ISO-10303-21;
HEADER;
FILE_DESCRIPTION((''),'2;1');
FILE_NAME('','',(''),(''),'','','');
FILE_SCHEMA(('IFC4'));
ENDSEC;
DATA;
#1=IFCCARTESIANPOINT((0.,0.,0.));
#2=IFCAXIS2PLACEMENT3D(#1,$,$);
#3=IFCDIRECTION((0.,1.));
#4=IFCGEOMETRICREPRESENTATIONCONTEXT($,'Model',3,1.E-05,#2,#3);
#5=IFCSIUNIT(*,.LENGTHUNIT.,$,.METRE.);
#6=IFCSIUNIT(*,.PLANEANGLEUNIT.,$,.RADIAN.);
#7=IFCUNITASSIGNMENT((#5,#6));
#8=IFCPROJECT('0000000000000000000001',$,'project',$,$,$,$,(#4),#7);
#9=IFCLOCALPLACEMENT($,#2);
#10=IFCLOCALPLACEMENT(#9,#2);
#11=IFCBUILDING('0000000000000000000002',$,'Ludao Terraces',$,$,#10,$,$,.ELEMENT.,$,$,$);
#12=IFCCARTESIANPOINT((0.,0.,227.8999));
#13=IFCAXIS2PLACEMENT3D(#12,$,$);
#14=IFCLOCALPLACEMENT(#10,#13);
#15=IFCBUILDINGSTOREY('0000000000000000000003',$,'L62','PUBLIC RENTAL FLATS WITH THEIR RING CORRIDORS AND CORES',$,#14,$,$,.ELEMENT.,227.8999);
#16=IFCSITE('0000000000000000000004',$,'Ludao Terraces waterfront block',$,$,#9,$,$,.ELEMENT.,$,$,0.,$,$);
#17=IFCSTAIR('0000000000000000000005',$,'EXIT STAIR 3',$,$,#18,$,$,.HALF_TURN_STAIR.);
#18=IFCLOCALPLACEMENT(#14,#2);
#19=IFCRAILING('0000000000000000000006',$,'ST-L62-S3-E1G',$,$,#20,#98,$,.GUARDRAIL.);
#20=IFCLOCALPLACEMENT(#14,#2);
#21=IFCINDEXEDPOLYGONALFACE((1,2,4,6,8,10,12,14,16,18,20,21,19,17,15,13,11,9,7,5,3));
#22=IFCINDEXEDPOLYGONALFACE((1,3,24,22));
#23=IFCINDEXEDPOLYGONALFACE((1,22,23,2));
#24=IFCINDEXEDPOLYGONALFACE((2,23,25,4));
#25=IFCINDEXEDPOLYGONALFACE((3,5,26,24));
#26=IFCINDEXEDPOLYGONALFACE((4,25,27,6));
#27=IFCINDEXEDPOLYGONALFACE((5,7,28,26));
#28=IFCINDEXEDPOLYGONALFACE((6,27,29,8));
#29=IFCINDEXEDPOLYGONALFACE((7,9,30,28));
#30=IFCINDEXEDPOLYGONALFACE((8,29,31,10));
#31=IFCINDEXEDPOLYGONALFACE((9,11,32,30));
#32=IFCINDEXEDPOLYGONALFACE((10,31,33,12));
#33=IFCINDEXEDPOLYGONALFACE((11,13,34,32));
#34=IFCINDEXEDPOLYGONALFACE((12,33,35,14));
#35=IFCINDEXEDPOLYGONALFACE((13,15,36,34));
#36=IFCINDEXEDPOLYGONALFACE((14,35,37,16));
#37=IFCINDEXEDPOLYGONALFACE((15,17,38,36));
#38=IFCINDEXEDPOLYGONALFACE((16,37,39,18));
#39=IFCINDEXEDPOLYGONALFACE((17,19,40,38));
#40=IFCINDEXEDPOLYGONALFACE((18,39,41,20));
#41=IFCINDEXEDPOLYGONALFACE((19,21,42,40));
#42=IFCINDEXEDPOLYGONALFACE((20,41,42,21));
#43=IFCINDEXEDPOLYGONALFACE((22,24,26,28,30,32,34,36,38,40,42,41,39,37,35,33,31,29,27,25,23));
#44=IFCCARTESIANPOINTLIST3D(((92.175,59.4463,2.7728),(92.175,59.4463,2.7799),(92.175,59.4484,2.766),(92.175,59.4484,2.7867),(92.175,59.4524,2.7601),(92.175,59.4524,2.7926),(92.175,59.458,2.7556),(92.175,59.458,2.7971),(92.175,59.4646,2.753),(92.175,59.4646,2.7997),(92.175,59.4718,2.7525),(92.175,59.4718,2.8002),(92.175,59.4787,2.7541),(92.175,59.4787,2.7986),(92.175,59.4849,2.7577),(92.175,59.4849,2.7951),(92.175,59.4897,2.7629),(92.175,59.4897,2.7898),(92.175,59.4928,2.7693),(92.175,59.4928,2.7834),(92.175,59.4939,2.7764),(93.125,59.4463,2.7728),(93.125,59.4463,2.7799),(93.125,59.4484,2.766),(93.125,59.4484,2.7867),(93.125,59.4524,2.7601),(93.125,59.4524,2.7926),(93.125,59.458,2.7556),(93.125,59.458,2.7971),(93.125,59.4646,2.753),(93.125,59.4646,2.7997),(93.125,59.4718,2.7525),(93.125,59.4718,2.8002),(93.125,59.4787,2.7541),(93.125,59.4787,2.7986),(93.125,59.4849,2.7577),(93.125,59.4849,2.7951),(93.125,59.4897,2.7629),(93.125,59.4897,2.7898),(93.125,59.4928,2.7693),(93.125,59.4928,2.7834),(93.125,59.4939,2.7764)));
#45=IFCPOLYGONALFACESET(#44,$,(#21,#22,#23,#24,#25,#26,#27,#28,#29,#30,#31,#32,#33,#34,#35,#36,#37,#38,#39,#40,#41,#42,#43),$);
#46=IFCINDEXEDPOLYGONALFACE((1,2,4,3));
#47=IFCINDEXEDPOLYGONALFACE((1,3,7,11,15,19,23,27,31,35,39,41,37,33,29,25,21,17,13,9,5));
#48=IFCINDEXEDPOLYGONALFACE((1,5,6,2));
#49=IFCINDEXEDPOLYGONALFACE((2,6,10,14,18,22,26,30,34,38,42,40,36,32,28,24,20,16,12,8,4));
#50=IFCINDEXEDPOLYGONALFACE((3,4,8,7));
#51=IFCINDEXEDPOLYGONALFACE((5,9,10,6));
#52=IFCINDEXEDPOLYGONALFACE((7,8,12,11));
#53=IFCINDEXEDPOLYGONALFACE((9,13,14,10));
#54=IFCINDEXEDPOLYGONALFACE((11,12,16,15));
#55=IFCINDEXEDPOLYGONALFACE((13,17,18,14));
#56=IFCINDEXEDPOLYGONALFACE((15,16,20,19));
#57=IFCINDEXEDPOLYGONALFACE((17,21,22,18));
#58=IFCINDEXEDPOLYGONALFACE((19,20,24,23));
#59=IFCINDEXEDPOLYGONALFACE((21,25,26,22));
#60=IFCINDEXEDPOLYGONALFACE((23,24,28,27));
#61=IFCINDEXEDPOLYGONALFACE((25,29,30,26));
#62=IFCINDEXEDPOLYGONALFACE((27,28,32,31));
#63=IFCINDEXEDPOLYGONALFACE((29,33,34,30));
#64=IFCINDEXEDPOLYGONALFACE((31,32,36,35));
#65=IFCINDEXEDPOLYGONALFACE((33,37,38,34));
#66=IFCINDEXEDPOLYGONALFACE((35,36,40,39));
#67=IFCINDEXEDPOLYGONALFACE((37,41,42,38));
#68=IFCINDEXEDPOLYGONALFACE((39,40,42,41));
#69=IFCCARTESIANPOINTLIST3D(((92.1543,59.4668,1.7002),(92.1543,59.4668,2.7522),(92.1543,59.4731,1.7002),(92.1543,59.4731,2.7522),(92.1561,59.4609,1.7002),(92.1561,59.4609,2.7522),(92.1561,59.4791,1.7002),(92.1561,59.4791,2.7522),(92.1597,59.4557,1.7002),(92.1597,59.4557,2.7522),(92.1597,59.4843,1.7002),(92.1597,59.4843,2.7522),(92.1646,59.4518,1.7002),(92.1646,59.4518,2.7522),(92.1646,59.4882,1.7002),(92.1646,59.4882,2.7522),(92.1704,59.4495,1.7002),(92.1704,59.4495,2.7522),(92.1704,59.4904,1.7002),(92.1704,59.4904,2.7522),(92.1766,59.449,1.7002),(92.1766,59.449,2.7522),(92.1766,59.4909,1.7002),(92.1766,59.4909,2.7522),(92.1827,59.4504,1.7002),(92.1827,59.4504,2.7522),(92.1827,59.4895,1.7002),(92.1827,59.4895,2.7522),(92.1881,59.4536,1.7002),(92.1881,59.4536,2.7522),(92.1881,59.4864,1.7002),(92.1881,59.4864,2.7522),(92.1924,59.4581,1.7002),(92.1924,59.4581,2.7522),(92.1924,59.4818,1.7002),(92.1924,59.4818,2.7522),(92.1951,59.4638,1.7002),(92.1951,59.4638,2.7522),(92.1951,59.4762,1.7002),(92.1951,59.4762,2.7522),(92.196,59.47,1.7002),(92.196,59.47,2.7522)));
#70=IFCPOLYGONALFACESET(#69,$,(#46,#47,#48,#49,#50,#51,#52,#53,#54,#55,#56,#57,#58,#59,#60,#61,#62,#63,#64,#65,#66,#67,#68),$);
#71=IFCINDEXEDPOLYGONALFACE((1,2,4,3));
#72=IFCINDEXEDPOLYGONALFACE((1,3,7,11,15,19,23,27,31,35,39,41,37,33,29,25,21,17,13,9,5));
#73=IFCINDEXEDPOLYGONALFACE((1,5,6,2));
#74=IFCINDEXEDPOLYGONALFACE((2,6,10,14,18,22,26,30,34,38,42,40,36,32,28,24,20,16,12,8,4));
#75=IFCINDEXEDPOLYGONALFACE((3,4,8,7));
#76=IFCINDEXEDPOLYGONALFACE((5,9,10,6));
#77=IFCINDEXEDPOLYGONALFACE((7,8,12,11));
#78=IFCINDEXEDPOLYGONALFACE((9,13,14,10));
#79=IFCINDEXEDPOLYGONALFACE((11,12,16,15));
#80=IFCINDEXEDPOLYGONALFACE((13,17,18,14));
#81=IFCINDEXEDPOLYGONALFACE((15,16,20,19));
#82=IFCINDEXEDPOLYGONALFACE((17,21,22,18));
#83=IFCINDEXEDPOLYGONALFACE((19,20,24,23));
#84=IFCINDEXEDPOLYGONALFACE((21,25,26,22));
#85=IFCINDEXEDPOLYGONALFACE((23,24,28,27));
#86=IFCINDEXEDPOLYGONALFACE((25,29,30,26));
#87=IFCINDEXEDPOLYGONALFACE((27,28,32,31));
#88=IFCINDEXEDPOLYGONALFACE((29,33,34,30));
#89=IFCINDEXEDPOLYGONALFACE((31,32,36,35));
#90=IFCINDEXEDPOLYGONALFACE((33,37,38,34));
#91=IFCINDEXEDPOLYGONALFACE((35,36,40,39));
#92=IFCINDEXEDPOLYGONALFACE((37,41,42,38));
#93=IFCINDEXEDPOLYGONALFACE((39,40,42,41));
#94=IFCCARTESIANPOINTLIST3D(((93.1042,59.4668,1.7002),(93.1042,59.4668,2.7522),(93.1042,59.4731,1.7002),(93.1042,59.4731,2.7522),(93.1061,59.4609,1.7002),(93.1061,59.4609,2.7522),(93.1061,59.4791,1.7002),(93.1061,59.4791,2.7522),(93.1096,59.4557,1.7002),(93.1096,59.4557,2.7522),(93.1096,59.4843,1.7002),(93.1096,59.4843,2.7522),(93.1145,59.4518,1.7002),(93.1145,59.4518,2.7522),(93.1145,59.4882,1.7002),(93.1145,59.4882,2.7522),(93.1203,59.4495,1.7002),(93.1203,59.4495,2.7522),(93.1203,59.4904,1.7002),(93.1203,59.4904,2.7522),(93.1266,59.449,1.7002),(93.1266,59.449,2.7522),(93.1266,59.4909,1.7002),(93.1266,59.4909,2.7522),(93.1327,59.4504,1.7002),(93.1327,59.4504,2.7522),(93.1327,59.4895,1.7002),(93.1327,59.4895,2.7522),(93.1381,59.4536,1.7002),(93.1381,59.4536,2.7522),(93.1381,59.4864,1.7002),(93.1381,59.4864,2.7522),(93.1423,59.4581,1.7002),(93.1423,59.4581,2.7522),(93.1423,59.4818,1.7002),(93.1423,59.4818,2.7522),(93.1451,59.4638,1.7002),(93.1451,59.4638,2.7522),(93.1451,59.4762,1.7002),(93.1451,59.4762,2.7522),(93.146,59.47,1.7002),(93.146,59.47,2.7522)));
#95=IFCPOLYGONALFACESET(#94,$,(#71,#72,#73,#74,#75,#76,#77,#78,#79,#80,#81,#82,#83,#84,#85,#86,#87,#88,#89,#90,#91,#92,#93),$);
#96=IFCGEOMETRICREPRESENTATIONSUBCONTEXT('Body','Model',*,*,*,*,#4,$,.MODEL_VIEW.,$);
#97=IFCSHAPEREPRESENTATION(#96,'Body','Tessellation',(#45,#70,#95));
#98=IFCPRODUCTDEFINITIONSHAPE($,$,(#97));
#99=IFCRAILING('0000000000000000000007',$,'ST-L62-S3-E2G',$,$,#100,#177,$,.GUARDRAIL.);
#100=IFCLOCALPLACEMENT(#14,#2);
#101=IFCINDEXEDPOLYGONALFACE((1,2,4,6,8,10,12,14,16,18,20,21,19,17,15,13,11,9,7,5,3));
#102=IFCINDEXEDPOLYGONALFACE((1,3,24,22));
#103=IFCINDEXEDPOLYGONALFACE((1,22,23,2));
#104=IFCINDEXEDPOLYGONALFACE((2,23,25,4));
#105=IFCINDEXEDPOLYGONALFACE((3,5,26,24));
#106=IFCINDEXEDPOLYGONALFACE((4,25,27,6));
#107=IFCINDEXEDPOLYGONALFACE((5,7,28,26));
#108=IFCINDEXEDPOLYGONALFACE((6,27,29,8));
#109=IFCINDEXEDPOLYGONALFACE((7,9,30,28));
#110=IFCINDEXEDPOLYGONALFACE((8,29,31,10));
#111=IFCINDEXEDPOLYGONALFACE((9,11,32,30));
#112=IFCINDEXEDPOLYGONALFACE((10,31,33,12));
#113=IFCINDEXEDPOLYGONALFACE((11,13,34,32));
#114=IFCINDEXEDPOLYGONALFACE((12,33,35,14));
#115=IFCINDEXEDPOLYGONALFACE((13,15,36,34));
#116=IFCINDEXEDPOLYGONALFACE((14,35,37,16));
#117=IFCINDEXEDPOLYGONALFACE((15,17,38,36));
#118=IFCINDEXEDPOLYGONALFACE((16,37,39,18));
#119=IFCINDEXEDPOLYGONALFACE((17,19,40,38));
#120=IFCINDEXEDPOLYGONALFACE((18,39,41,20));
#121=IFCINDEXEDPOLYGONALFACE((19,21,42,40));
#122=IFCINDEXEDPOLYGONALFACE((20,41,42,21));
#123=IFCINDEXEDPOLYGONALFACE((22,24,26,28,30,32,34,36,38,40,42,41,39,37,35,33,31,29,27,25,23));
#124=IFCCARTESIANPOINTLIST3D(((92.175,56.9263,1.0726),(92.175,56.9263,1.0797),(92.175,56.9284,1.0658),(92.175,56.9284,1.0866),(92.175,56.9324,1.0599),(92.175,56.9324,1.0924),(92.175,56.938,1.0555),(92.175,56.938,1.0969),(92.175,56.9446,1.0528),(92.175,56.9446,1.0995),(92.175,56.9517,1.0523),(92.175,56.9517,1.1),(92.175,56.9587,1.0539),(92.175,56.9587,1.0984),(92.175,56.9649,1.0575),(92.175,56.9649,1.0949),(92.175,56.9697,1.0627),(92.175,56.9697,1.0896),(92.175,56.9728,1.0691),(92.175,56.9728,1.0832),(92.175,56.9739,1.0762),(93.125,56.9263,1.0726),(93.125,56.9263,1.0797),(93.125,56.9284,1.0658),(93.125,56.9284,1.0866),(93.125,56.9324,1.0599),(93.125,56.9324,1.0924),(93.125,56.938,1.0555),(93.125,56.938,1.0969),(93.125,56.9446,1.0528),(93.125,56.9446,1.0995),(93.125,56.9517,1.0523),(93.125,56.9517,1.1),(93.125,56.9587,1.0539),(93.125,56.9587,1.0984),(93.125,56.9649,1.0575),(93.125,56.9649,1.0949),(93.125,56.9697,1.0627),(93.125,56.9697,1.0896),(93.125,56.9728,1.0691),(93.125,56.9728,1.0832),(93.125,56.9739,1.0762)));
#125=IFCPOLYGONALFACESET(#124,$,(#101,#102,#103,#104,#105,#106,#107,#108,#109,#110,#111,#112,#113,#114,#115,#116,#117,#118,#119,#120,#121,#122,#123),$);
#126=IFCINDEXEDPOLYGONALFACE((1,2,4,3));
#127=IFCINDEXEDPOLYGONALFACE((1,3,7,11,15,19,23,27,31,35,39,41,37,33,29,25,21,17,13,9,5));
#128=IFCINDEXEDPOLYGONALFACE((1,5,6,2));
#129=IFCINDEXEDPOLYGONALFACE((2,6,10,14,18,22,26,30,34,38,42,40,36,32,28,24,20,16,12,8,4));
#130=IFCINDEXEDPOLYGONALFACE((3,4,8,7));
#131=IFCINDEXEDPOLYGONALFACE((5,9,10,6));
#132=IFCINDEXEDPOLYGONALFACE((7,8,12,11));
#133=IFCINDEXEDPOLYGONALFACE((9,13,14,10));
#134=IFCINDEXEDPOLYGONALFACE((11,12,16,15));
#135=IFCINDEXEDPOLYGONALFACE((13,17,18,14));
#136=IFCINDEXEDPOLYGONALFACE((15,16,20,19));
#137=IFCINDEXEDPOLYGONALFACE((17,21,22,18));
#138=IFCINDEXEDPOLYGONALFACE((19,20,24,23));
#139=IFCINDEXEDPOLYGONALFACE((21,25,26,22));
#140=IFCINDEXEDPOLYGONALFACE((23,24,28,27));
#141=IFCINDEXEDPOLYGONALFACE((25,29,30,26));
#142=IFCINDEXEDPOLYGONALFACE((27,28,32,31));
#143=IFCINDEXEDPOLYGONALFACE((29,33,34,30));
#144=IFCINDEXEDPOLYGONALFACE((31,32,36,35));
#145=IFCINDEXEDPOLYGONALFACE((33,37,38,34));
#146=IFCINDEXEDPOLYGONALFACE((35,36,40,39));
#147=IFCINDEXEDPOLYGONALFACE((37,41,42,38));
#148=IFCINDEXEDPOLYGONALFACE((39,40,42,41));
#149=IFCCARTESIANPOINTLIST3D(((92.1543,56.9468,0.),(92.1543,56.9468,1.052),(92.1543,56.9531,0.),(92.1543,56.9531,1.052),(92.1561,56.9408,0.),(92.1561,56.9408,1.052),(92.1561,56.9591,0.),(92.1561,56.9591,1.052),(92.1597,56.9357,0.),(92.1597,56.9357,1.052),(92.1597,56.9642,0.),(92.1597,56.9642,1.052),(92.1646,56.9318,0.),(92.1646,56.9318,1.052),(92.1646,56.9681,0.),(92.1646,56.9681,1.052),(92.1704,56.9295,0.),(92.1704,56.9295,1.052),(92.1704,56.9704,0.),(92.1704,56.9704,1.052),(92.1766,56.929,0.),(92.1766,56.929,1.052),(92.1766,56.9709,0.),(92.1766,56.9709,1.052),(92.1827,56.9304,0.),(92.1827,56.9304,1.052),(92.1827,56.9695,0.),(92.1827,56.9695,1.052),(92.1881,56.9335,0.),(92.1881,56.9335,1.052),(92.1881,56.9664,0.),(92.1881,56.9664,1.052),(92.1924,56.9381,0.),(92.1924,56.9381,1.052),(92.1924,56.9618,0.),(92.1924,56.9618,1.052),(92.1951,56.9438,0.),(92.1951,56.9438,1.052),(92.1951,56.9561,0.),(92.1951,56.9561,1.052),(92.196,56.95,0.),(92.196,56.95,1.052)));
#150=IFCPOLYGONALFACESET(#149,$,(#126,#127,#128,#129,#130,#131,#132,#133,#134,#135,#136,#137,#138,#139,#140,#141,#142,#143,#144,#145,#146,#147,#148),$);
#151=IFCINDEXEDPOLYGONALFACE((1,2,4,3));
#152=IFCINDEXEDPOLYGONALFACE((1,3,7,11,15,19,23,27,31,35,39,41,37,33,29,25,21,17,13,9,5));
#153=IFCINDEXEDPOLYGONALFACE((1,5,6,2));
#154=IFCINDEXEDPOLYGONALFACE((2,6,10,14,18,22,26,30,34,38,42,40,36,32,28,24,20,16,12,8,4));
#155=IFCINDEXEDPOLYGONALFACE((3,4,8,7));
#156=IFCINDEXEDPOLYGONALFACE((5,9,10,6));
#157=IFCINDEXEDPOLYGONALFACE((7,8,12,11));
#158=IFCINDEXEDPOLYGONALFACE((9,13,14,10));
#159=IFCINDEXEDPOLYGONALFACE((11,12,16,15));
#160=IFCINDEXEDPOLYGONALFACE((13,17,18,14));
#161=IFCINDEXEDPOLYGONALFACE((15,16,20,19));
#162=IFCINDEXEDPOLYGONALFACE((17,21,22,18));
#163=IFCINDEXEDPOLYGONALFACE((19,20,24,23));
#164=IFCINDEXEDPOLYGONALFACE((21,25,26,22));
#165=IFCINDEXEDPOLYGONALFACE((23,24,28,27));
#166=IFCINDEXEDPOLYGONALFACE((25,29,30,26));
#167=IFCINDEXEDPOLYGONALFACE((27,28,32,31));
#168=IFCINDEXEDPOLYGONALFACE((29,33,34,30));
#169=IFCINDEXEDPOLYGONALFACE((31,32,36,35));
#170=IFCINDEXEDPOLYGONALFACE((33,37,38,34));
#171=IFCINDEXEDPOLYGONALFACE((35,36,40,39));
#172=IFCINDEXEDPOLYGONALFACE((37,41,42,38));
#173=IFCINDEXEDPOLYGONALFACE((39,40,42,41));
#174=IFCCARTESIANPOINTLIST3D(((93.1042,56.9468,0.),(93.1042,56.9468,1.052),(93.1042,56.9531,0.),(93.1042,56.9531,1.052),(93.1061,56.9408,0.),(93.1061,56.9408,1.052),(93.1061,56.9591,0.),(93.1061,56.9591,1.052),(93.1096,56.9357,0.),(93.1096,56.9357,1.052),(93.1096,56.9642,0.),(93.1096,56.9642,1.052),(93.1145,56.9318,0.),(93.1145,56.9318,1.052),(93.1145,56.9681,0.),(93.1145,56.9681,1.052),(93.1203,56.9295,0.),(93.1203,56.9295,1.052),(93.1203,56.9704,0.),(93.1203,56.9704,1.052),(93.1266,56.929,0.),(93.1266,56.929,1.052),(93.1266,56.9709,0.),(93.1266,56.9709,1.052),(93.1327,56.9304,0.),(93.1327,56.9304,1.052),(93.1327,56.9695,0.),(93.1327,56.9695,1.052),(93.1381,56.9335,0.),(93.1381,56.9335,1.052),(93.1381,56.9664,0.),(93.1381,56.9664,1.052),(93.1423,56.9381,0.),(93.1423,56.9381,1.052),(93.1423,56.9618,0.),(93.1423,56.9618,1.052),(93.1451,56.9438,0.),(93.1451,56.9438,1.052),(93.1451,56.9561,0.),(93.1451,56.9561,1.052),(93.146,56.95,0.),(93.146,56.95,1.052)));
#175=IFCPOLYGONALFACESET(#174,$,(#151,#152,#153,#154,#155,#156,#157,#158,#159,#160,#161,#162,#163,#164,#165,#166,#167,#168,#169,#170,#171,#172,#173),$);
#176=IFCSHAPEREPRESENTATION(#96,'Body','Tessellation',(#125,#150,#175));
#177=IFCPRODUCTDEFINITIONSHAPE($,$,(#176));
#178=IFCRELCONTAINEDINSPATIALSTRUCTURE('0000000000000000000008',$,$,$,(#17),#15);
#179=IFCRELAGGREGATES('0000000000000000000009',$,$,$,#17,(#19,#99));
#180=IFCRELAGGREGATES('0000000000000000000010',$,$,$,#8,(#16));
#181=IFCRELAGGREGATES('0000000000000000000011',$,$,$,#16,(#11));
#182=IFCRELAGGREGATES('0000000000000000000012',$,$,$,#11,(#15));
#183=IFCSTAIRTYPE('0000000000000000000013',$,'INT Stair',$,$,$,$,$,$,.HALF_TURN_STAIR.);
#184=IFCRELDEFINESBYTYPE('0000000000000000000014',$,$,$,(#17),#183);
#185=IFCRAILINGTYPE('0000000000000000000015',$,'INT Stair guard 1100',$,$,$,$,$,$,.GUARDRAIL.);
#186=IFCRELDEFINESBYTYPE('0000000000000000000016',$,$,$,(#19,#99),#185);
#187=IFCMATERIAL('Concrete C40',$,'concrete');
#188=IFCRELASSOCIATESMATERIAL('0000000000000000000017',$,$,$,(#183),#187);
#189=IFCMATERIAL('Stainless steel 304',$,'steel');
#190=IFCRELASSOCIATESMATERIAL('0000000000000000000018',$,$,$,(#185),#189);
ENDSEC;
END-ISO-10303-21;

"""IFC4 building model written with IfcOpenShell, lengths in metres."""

from ifc_helpers import new_model, si_unit, direction, frame, origin, origin_2d, place, context, subcontext, project, spatial, circle, extrude, material, type_object, element, aggregate, save


model = new_model("IFC4")

# Units and contexts
model_context = context("Model", 3, precision=1e-05, world=origin(), true_north=direction((0.0, 1.0)))
body_context = subcontext(model_context, "Body", "Model", "MODEL_VIEW")
ifc_project = project(units=[si_unit("LENGTHUNIT", "METRE"), si_unit("PLANEANGLEUNIT", "RADIAN")], contexts=[model_context])

# Site, building, storey
site_placement = place(None, origin())
site = spatial("IfcSite", under=ifc_project, at=site_placement, Name="Ludao Terraces waterfront block", CompositionType="ELEMENT", RefElevation=0.0)
building_placement = place(site_placement, origin())
building = spatial("IfcBuilding", under=site, at=building_placement, Name="Ludao Terraces", CompositionType="ELEMENT")
storey_placement = place(building_placement, frame((0.0, 0.0, 227.8999)))
storey = spatial("IfcBuildingStorey", under=building, at=storey_placement, Name="L62", Description="PUBLIC RENTAL FLATS WITH THEIR RING CORRIDORS AND CORES", CompositionType="ELEMENT", Elevation=227.8999)

# Shared definitions
ifc_material_1 = material(Name="Concrete C40", Category="concrete")

# Stair, railings
stair_type = type_object("IfcStairType", Name="INT Stair", PredefinedType="HALF_TURN_STAIR", material=ifc_material_1)
stair_placement = place(storey_placement, origin())
stair = element("IfcStair", 1, at=stair_placement, inside=storey, type_object=stair_type, Name="EXIT STAIR 3", PredefinedType="HALF_TURN_STAIR")
ifc_material_2 = material(Name="Stainless steel 304", Category="steel")
railing_type_1 = type_object("IfcRailingType", Name="INT Stair guard 1100", PredefinedType="GUARDRAIL", material=ifc_material_2)
railing_1_placement = place(storey_placement, frame((92.175, 59.47, 1.7002)))
railing_1 = element("IfcRailing", 2, at=railing_1_placement, type_object=railing_type_1, Name="ST-L62-S3-E1G", PredefinedType="GUARDRAIL", context=body_context, shape_type="SweptSolid", body=[
    extrude(circle(Radius=0.0239, at=origin_2d()), frame((0.0, 0.0, 1.0762), z_axis=(1.0, 0.0, 0.0), x_axis=(0.0, 1.0, 0.0)), (0.0, 0.0, 1.0), 0.95),
    extrude(circle(Radius=0.021, at=origin_2d()), origin(), (0.0, 0.0, 1.0), 1.052),
    extrude(circle(Radius=0.021, at=origin_2d()), frame((0.95, 0.0, 0.0)), (0.0, 0.0, 1.0), 1.052),
])
railing_2_placement = place(storey_placement, frame((92.175, 56.95, 0.0)))
railing_2 = element("IfcRailing", 3, at=railing_2_placement, type_object=railing_type_1, Name="ST-L62-S3-E2G", PredefinedType="GUARDRAIL", context=body_context, shape_type="SweptSolid", body=[
    extrude(circle(Radius=0.0239, at=origin_2d()), frame((0.0, 0.0, 1.0762), z_axis=(1.0, 0.0, 0.0), x_axis=(0.0, 1.0, 0.0)), (0.0, 0.0, 1.0), 0.95),
    extrude(circle(Radius=0.021, at=origin_2d()), origin(), (0.0, 0.0, 1.0), 1.052),
    extrude(circle(Radius=0.021, at=origin_2d()), frame((0.95, 0.0, 0.0)), (0.0, 0.0, 1.0), 1.052),
])
aggregate(stair, [railing_1, railing_2])

save(model, "model.ifc")
